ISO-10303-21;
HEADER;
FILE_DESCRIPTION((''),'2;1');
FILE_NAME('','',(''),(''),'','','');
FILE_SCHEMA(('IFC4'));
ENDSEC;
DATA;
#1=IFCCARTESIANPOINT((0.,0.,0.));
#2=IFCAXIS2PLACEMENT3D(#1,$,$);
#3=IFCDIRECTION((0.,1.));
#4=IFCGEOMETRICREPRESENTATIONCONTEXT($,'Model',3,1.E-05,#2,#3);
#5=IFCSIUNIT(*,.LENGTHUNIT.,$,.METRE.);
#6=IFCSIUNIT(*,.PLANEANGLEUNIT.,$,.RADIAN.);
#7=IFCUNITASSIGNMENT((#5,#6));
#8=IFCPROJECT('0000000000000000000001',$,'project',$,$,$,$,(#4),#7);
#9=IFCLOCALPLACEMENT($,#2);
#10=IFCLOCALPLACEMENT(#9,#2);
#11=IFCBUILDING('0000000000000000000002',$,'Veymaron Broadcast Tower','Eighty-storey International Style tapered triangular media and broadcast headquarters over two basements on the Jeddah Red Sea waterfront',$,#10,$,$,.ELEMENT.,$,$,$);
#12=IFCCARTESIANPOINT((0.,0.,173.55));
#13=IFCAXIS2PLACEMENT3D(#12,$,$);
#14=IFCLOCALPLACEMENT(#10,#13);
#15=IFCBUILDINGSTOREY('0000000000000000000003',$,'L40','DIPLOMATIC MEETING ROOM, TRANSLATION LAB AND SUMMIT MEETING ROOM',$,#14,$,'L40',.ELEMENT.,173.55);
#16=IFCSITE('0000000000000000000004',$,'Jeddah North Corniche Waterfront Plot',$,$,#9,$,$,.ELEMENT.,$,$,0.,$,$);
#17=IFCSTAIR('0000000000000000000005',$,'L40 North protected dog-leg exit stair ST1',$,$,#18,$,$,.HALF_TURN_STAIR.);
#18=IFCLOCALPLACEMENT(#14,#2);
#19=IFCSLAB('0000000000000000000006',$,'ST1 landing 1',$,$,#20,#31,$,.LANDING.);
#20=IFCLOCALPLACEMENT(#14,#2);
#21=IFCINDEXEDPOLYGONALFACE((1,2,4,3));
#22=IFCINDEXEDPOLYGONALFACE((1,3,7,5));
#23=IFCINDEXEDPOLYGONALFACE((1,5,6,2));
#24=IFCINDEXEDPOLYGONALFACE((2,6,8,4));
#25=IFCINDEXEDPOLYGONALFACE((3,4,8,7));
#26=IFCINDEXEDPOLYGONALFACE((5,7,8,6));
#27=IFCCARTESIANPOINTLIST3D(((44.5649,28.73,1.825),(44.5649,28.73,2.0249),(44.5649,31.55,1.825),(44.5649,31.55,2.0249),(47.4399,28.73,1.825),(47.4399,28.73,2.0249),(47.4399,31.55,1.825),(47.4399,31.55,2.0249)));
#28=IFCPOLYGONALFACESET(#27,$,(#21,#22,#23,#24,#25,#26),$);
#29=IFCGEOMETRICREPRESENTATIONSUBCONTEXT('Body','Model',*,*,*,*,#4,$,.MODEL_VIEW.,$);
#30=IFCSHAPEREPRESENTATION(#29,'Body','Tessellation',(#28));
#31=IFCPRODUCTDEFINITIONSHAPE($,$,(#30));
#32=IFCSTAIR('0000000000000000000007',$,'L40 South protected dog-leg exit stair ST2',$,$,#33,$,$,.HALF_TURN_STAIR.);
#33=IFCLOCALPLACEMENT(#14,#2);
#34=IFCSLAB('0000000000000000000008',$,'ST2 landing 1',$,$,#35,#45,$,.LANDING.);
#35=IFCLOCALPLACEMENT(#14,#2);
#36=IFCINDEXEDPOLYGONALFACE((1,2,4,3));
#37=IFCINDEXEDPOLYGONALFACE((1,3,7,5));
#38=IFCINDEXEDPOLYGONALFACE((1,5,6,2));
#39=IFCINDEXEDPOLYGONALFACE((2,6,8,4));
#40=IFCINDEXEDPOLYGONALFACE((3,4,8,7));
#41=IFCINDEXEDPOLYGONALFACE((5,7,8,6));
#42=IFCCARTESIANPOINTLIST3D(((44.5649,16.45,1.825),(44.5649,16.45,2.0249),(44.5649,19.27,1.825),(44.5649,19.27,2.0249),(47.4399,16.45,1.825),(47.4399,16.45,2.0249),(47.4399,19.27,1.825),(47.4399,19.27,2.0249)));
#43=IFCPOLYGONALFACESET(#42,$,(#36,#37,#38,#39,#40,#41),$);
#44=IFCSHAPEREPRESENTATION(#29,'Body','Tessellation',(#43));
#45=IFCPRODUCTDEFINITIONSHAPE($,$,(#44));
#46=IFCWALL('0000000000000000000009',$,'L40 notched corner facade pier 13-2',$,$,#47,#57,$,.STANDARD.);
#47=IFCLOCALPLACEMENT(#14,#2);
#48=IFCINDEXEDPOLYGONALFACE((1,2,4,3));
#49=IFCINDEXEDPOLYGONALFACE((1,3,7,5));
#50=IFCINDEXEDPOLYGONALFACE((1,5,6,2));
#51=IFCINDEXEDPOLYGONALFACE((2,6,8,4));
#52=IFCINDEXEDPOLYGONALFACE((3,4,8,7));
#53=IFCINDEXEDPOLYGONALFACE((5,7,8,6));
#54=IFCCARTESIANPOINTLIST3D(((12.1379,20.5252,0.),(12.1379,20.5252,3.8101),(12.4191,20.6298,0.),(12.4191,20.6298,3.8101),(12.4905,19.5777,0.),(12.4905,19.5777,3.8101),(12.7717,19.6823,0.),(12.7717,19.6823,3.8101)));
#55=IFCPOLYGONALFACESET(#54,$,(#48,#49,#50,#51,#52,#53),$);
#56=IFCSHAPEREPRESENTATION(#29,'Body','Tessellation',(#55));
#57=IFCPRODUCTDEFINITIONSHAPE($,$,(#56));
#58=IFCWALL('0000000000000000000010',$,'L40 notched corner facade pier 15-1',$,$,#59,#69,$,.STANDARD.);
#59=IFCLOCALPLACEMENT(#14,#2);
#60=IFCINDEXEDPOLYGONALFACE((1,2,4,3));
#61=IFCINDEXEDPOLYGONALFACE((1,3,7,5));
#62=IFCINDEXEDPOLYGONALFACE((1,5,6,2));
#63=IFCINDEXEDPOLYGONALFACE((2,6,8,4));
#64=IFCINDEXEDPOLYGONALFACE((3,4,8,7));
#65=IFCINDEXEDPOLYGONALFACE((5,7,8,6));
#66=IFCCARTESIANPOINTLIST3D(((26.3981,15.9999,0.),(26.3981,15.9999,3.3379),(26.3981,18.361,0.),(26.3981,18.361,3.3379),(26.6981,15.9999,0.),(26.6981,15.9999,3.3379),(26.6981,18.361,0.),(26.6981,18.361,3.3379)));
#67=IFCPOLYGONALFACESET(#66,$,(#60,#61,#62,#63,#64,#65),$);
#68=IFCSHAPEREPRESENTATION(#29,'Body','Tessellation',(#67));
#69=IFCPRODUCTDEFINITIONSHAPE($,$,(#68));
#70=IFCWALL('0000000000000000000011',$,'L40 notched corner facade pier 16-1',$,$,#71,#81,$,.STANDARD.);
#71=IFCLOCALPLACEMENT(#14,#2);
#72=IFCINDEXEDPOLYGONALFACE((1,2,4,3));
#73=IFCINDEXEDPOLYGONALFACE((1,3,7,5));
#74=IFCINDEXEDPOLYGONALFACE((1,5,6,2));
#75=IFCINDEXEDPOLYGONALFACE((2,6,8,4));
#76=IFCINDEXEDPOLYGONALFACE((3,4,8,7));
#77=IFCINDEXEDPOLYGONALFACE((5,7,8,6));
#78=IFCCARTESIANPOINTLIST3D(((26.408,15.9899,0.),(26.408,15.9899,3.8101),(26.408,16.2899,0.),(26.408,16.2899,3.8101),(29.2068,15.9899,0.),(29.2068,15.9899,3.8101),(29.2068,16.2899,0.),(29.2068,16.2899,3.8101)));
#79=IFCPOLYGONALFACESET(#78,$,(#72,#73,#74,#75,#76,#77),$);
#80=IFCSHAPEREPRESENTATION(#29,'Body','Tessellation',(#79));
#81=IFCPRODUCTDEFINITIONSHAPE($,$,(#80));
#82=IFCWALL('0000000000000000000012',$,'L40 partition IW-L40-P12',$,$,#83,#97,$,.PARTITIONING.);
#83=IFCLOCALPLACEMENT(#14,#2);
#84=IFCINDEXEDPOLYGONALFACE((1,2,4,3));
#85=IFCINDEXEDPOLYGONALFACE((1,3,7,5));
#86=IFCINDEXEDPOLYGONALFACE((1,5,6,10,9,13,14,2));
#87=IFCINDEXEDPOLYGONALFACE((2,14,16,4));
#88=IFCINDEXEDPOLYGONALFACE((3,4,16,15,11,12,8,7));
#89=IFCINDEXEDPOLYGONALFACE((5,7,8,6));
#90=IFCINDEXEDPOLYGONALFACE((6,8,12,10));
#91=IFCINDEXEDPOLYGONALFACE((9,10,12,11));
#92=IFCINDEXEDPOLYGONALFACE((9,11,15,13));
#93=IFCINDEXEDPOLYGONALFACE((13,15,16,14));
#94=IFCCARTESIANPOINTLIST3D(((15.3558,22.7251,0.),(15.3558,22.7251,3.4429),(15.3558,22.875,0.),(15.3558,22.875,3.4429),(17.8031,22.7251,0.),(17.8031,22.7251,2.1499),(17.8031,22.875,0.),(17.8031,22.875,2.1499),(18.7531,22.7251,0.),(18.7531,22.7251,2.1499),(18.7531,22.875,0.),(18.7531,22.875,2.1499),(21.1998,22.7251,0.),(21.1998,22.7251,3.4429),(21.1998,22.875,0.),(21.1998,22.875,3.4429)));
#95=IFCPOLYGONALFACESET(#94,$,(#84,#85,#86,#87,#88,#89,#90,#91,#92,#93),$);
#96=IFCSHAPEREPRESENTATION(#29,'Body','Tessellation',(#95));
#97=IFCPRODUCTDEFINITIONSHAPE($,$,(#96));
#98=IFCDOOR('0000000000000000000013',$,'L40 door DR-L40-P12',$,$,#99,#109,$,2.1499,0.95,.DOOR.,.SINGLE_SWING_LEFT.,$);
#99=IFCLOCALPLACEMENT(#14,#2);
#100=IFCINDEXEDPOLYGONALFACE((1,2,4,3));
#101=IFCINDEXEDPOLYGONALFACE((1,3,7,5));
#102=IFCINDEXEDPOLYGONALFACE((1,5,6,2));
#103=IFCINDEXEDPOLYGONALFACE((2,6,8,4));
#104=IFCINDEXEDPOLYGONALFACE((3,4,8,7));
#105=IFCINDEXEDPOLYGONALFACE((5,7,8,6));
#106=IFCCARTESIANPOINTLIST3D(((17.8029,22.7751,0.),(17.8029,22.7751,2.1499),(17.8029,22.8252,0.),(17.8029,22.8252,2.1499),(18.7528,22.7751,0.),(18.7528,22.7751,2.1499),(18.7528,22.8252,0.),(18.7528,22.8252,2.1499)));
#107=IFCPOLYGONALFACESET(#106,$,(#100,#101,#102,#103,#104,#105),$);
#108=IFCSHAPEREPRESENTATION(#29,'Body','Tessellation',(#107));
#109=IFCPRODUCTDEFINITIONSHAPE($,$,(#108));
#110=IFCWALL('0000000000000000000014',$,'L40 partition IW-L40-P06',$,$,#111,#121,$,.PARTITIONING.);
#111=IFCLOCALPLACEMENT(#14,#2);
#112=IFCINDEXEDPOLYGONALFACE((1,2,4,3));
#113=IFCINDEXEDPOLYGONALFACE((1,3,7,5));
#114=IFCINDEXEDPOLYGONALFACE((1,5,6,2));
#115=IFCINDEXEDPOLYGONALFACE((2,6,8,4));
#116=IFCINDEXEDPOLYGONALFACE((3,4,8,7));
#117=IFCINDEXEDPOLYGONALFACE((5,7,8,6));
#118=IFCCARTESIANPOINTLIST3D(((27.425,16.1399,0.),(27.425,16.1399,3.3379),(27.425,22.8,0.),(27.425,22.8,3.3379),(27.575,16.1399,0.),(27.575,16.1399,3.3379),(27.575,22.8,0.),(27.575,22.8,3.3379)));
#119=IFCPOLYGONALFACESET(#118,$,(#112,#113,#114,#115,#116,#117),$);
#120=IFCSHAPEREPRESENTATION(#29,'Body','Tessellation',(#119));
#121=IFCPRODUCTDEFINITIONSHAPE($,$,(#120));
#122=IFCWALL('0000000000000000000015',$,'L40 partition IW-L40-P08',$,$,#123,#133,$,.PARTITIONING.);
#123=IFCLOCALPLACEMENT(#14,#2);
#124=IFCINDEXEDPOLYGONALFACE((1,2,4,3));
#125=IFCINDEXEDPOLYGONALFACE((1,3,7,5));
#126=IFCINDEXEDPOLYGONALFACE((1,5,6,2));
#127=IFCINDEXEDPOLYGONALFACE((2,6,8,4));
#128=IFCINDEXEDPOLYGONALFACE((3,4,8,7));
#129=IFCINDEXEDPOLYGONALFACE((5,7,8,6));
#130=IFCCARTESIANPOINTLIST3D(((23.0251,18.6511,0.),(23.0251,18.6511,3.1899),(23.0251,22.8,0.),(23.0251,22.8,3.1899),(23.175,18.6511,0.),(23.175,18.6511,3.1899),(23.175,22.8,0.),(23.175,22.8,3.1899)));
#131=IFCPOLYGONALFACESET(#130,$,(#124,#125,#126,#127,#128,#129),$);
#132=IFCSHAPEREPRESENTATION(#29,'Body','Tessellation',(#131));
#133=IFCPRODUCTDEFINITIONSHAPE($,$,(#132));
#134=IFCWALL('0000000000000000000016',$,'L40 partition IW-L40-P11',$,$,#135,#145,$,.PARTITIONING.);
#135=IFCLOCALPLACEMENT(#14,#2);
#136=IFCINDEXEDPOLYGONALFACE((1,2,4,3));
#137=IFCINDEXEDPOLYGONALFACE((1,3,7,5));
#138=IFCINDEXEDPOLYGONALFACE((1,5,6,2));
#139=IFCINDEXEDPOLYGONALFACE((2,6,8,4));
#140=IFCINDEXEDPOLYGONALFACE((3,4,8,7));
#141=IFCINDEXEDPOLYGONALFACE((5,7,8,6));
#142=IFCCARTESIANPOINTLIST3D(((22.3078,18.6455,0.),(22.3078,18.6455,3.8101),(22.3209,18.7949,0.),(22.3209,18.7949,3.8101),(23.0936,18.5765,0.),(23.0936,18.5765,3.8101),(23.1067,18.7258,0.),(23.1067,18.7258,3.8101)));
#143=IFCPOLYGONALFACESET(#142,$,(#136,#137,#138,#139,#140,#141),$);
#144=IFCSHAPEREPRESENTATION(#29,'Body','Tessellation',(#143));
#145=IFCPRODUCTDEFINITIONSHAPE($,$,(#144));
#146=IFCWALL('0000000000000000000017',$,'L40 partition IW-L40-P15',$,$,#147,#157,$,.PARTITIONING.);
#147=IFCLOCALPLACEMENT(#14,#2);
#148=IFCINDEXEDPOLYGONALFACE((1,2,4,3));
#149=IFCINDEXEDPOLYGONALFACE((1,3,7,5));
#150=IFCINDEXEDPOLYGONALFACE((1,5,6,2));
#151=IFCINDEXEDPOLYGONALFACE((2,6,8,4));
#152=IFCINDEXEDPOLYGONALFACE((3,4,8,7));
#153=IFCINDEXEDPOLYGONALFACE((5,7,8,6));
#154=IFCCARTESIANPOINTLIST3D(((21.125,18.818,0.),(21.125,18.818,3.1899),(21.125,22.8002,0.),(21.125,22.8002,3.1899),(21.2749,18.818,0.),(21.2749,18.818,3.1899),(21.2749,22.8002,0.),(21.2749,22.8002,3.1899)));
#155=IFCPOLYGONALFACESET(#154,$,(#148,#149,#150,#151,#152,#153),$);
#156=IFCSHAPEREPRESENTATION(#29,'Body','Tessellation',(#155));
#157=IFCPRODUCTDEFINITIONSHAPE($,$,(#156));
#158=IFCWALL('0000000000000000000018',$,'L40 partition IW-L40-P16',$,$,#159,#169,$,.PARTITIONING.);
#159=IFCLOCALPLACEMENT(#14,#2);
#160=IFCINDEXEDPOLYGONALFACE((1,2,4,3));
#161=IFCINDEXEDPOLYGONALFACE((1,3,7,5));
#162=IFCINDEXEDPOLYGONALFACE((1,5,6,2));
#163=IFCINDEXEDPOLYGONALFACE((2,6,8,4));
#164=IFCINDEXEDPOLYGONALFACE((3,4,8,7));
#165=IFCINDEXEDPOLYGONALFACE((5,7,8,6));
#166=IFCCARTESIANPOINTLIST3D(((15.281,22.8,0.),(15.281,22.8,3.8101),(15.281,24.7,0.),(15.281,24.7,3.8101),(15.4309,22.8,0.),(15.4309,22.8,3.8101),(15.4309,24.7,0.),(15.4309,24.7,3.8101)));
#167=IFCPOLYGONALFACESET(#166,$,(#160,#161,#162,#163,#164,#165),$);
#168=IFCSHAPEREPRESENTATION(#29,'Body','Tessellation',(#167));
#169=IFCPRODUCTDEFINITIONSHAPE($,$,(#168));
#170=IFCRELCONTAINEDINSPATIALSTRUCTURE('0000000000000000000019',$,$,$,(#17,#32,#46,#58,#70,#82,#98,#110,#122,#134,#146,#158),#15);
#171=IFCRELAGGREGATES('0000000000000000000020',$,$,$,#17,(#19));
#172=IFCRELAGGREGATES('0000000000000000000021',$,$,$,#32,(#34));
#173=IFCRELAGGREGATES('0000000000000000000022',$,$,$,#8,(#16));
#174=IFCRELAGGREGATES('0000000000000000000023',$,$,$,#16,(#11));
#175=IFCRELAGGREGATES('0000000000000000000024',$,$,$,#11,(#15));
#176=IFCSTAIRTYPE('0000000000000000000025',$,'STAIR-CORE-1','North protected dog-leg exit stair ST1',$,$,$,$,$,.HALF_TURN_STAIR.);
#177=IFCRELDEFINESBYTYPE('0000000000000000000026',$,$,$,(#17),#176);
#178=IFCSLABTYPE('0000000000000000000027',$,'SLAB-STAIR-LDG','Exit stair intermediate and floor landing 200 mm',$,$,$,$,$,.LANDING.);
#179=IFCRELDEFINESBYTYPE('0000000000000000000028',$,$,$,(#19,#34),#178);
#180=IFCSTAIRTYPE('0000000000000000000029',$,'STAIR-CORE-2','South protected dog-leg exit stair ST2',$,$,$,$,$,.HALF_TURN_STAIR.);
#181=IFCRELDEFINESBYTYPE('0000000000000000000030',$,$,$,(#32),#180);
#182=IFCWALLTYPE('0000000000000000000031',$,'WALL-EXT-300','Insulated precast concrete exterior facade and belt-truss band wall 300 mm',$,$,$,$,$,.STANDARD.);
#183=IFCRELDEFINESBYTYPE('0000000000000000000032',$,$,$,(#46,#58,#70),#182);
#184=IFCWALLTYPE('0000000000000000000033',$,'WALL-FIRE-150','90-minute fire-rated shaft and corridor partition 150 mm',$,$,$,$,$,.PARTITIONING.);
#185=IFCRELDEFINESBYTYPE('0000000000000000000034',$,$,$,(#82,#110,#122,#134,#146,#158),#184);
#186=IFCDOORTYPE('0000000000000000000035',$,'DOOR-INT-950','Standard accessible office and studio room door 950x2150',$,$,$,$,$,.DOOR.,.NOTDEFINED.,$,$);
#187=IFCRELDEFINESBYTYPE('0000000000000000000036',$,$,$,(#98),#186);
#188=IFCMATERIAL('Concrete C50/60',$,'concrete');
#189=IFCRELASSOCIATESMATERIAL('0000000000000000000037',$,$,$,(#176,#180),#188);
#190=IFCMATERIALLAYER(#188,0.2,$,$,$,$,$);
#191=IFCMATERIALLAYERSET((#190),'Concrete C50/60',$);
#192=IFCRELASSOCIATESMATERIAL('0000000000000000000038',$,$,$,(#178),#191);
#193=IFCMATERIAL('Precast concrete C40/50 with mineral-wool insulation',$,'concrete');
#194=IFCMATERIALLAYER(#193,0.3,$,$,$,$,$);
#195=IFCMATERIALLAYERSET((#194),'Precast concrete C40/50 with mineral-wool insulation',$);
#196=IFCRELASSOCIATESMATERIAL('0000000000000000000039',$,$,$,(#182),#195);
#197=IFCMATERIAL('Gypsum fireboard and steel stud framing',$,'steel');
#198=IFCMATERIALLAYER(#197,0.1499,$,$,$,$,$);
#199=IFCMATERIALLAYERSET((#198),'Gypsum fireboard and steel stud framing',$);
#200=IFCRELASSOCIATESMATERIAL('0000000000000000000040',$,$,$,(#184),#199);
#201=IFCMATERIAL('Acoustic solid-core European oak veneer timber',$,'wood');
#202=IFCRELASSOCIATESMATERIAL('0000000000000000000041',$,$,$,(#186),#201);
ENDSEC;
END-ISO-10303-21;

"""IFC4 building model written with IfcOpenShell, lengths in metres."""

from ifc_helpers import new_model, si_unit, direction, frame, frame_2d, origin, place, context, subcontext, project, spatial, polyline, rectangle, outline, extrude, material, layer, layer_set, type_object, element, fill, aggregate, save


model = new_model("IFC4")

# Units and contexts
model_context = context("Model", 3, precision=1e-05, world=origin(), true_north=direction((0.0, 1.0)))
body_context = subcontext(model_context, "Body", "Model", "MODEL_VIEW")
ifc_project = project(units=[si_unit("LENGTHUNIT", "METRE"), si_unit("PLANEANGLEUNIT", "RADIAN")], contexts=[model_context])

# Site, building, storey
site_placement = place(None, origin())
site = spatial("IfcSite", under=ifc_project, at=site_placement, Name="Jeddah North Corniche Waterfront Plot", CompositionType="ELEMENT", RefElevation=0.0)
building_placement = place(site_placement, origin())
building = spatial("IfcBuilding", under=site, at=building_placement, Name="Veymaron Broadcast Tower", Description="Eighty-storey International Style tapered triangular media and broadcast headquarters over two basements on the Jeddah Red Sea waterfront", CompositionType="ELEMENT")
storey_placement = place(building_placement, frame((0.0, 0.0, 173.55)))
storey = spatial("IfcBuildingStorey", under=building, at=storey_placement, Name="L40", Description="DIPLOMATIC MEETING ROOM, TRANSLATION LAB AND SUMMIT MEETING ROOM", LongName="L40", CompositionType="ELEMENT", Elevation=173.55)

# Stairs, slabs
ifc_material_1 = material(Name="Concrete C50/60", Category="concrete")
stair_type_1 = type_object("IfcStairType", Name="STAIR-CORE-1", Description="North protected dog-leg exit stair ST1", PredefinedType="HALF_TURN_STAIR", material=ifc_material_1)
stair_1_placement = place(storey_placement, origin())
stair_1 = element("IfcStair", 1, at=stair_1_placement, inside=storey, type_object=stair_type_1, Name="L40 North protected dog-leg exit stair ST1", PredefinedType="HALF_TURN_STAIR")
ifc_layer_1 = layer(ifc_material_1, 0.2)
ifc_layer_set_1 = layer_set([ifc_layer_1], Name="Concrete C50/60")
slab_type_1 = type_object("IfcSlabType", Name="SLAB-STAIR-LDG", Description="Exit stair intermediate and floor landing 200 mm", PredefinedType="LANDING", material=ifc_layer_set_1)
slab_1_placement = place(storey_placement, frame((0.0, 0.0, 1.825)))
slab_1 = element("IfcSlab", 2, at=slab_1_placement, type_object=slab_type_1, Name="ST1 landing 1", PredefinedType="LANDING", context=body_context, shape_type="SweptSolid", body=[
    extrude(outline(polyline([(44.5649, 28.73), (47.4399, 28.73), (47.4399, 31.55), (44.5649, 31.55), (44.5649, 28.73)])), origin(), (0.0, 0.0, 1.0), 0.2),
])
aggregate(stair_1, [slab_1])
stair_type_2 = type_object("IfcStairType", Name="STAIR-CORE-2", Description="South protected dog-leg exit stair ST2", PredefinedType="HALF_TURN_STAIR", material=ifc_material_1)
stair_2_placement = place(storey_placement, origin())
stair_2 = element("IfcStair", 3, at=stair_2_placement, inside=storey, type_object=stair_type_2, Name="L40 South protected dog-leg exit stair ST2", PredefinedType="HALF_TURN_STAIR")
slab_2_placement = place(storey_placement, frame((0.0, 0.0, 1.825)))
slab_2 = element("IfcSlab", 4, at=slab_2_placement, type_object=slab_type_1, Name="ST2 landing 1", PredefinedType="LANDING", context=body_context, shape_type="SweptSolid", body=[
    extrude(outline(polyline([(44.5649, 16.45), (47.4399, 16.45), (47.4399, 19.27), (44.5649, 19.27), (44.5649, 16.45)])), origin(), (0.0, 0.0, 1.0), 0.2),
])
aggregate(stair_2, [slab_2])

# Walls
ifc_material_2 = material(Name="Precast concrete C40/50 with mineral-wool insulation", Category="concrete")
ifc_layer_2 = layer(ifc_material_2, 0.3)
ifc_layer_set_2 = layer_set([ifc_layer_2], Name="Precast concrete C40/50 with mineral-wool insulation")
wall_type_1 = type_object("IfcWallType", Name="WALL-EXT-300", Description="Insulated precast concrete exterior facade and belt-truss band wall 300 mm", PredefinedType="STANDARD", material=ifc_layer_set_2)
wall_1_placement = place(storey_placement, frame((12.2786, 20.5774, 0.0), z_axis=(0.0, 0.0, 1.0), x_axis=(0.348714, -0.937229, 0.0)))
element("IfcWall", 5, at=wall_1_placement, inside=storey, type_object=wall_type_1, Name="L40 notched corner facade pier 13-2", PredefinedType="STANDARD", context=body_context, shape_type="SweptSolid", body=[
    extrude(rectangle(XDim=1.011, YDim=0.3, at=frame_2d((0.5054, 0.0))), origin(), (0.0, 0.0, 1.0), 3.8101),
])
wall_2_placement = place(storey_placement, frame((26.5481, 18.3611, 0.0), z_axis=(0.0, 0.0, 1.0), x_axis=(0.0, -1.0, 0.0)))
element("IfcWall", 6, at=wall_2_placement, inside=storey, type_object=wall_type_1, Name="L40 notched corner facade pier 15-1", PredefinedType="STANDARD", context=body_context, shape_type="SweptSolid", body=[
    extrude(rectangle(XDim=2.3611, YDim=0.3, at=frame_2d((1.1807, 0.0))), origin(), (0.0, 0.0, 1.0), 3.3379),
])
wall_3_placement = place(storey_placement, frame((26.408, 16.1399, 0.0), z_axis=(0.0, 0.0, 1.0), x_axis=(1.0, 0.0, 0.0)))
element("IfcWall", 7, at=wall_3_placement, inside=storey, type_object=wall_type_1, Name="L40 notched corner facade pier 16-1", PredefinedType="STANDARD", context=body_context, shape_type="SweptSolid", body=[
    extrude(rectangle(XDim=2.7988, YDim=0.3, at=frame_2d((1.3994, 0.0))), origin(), (0.0, 0.0, 1.0), 3.8101),
])

# Wall, opening, door
ifc_material_3 = material(Name="Gypsum fireboard and steel stud framing", Category="steel")
ifc_layer_3 = layer(ifc_material_3, 0.1499)
ifc_layer_set_3 = layer_set([ifc_layer_3], Name="Gypsum fireboard and steel stud framing")
wall_type_2 = type_object("IfcWallType", Name="WALL-FIRE-150", Description="90-minute fire-rated shaft and corridor partition 150 mm", PredefinedType="PARTITIONING", material=ifc_layer_set_3)
wall_4_placement = place(storey_placement, frame((15.356, 22.8, 0.0), z_axis=(0.0, 0.0, 1.0), x_axis=(1.0, 0.0, 0.0)))
wall_4 = element("IfcWall", 8, at=wall_4_placement, inside=storey, type_object=wall_type_2, Name="L40 partition IW-L40-P12", PredefinedType="PARTITIONING", context=body_context, shape_type="SweptSolid", body=[
    extrude(rectangle(XDim=5.844, YDim=0.1499, at=frame_2d((2.9219, 0.0))), origin(), (0.0, 0.0, 1.0), 3.4429),
])
opening_placement = place(wall_4_placement, frame((2.447, 0.0, 0.0)))
opening = element("IfcOpeningElement", 9, at=opening_placement, cuts=wall_4, PredefinedType="OPENING", context=body_context, shape_type="SweptSolid", body=[
    extrude(rectangle(XDim=0.95, YDim=2.1499, at=frame_2d((0.4751, 1.075))), frame((0.0, 0.085, 0.0), z_axis=(0.0, -1.0, 0.0), x_axis=(1.0, 0.0, 0.0)), (0.0, 0.0, 1.0), 0.1699),
])
ifc_material_4 = material(Name="Acoustic solid-core European oak veneer timber", Category="wood")
door_type = type_object("IfcDoorType", Name="DOOR-INT-950", Description="Standard accessible office and studio room door 950x2150", OperationType="NOTDEFINED", PredefinedType="DOOR", material=ifc_material_4)
door_placement = place(opening_placement, frame((0.95, 0.0, 0.0), z_axis=(0.0, 0.0, 1.0), x_axis=(-1.0, 0.0, 0.0)))
door = element("IfcDoor", 10, at=door_placement, inside=storey, type_object=door_type, Name="L40 door DR-L40-P12", OperationType="SINGLE_SWING_LEFT", OverallHeight=2.1499, OverallWidth=0.95, PredefinedType="DOOR", context=body_context, shape_type="SweptSolid", body=[
    extrude(rectangle(XDim=0.95, YDim=2.1499, at=frame_2d((0.4751, 1.075))), frame((0.0, 0.0249, 0.0), z_axis=(0.0, -1.0, 0.0), x_axis=(1.0, 0.0, 0.0)), (0.0, 0.0, 1.0), 0.05),
])
fill(opening, door)

# Walls
wall_5_placement = place(storey_placement, frame((27.5, 16.1399, 0.0), z_axis=(0.0, 0.0, 1.0), x_axis=(0.0, 1.0, 0.0)))
element("IfcWall", 11, at=wall_5_placement, inside=storey, type_object=wall_type_2, Name="L40 partition IW-L40-P06", PredefinedType="PARTITIONING", context=body_context, shape_type="SweptSolid", body=[
    extrude(rectangle(XDim=6.6602, YDim=0.1499, at=frame_2d((3.3301, 0.0))), origin(), (0.0, 0.0, 1.0), 3.3379),
])
wall_6_placement = place(storey_placement, frame((23.1001, 18.6511, 0.0), z_axis=(0.0, 0.0, 1.0), x_axis=(0.0, 1.0, 0.0)))
element("IfcWall", 12, at=wall_6_placement, inside=storey, type_object=wall_type_2, Name="L40 partition IW-L40-P08", PredefinedType="PARTITIONING", context=body_context, shape_type="SweptSolid", body=[
    extrude(rectangle(XDim=4.1489, YDim=0.1499, at=frame_2d((2.0745, 0.0))), origin(), (0.0, 0.0, 1.0), 3.1899),
])
wall_7_placement = place(storey_placement, frame((22.3142, 18.7202, 0.0), z_axis=(0.0, 0.0, 1.0), x_axis=(0.996158, -0.087578, 0.0)))
element("IfcWall", 13, at=wall_7_placement, inside=storey, type_object=wall_type_2, Name="L40 partition IW-L40-P11", PredefinedType="PARTITIONING", context=body_context, shape_type="SweptSolid", body=[
    extrude(rectangle(XDim=0.7888, YDim=0.1499, at=frame_2d((0.3945, 0.0))), origin(), (0.0, 0.0, 1.0), 3.8101),
])
wall_8_placement = place(storey_placement, frame((21.2, 18.8179, 0.0), z_axis=(0.0, 0.0, 1.0), x_axis=(0.0, 1.0, 0.0)))
element("IfcWall", 14, at=wall_8_placement, inside=storey, type_object=wall_type_2, Name="L40 partition IW-L40-P15", PredefinedType="PARTITIONING", context=body_context, shape_type="SweptSolid", body=[
    extrude(rectangle(XDim=3.9822, YDim=0.1499, at=frame_2d((1.9912, 0.0))), origin(), (0.0, 0.0, 1.0), 3.1899),
])
wall_9_placement = place(storey_placement, frame((15.356, 22.8, 0.0), z_axis=(0.0, 0.0, 1.0), x_axis=(0.0, 1.0, 0.0)))
element("IfcWall", 15, at=wall_9_placement, inside=storey, type_object=wall_type_2, Name="L40 partition IW-L40-P16", PredefinedType="PARTITIONING", context=body_context, shape_type="SweptSolid", body=[
    extrude(rectangle(XDim=1.8999, YDim=0.1499, at=frame_2d((0.95, 0.0))), origin(), (0.0, 0.0, 1.0), 3.8101),
])

save(model, "model.ifc")
